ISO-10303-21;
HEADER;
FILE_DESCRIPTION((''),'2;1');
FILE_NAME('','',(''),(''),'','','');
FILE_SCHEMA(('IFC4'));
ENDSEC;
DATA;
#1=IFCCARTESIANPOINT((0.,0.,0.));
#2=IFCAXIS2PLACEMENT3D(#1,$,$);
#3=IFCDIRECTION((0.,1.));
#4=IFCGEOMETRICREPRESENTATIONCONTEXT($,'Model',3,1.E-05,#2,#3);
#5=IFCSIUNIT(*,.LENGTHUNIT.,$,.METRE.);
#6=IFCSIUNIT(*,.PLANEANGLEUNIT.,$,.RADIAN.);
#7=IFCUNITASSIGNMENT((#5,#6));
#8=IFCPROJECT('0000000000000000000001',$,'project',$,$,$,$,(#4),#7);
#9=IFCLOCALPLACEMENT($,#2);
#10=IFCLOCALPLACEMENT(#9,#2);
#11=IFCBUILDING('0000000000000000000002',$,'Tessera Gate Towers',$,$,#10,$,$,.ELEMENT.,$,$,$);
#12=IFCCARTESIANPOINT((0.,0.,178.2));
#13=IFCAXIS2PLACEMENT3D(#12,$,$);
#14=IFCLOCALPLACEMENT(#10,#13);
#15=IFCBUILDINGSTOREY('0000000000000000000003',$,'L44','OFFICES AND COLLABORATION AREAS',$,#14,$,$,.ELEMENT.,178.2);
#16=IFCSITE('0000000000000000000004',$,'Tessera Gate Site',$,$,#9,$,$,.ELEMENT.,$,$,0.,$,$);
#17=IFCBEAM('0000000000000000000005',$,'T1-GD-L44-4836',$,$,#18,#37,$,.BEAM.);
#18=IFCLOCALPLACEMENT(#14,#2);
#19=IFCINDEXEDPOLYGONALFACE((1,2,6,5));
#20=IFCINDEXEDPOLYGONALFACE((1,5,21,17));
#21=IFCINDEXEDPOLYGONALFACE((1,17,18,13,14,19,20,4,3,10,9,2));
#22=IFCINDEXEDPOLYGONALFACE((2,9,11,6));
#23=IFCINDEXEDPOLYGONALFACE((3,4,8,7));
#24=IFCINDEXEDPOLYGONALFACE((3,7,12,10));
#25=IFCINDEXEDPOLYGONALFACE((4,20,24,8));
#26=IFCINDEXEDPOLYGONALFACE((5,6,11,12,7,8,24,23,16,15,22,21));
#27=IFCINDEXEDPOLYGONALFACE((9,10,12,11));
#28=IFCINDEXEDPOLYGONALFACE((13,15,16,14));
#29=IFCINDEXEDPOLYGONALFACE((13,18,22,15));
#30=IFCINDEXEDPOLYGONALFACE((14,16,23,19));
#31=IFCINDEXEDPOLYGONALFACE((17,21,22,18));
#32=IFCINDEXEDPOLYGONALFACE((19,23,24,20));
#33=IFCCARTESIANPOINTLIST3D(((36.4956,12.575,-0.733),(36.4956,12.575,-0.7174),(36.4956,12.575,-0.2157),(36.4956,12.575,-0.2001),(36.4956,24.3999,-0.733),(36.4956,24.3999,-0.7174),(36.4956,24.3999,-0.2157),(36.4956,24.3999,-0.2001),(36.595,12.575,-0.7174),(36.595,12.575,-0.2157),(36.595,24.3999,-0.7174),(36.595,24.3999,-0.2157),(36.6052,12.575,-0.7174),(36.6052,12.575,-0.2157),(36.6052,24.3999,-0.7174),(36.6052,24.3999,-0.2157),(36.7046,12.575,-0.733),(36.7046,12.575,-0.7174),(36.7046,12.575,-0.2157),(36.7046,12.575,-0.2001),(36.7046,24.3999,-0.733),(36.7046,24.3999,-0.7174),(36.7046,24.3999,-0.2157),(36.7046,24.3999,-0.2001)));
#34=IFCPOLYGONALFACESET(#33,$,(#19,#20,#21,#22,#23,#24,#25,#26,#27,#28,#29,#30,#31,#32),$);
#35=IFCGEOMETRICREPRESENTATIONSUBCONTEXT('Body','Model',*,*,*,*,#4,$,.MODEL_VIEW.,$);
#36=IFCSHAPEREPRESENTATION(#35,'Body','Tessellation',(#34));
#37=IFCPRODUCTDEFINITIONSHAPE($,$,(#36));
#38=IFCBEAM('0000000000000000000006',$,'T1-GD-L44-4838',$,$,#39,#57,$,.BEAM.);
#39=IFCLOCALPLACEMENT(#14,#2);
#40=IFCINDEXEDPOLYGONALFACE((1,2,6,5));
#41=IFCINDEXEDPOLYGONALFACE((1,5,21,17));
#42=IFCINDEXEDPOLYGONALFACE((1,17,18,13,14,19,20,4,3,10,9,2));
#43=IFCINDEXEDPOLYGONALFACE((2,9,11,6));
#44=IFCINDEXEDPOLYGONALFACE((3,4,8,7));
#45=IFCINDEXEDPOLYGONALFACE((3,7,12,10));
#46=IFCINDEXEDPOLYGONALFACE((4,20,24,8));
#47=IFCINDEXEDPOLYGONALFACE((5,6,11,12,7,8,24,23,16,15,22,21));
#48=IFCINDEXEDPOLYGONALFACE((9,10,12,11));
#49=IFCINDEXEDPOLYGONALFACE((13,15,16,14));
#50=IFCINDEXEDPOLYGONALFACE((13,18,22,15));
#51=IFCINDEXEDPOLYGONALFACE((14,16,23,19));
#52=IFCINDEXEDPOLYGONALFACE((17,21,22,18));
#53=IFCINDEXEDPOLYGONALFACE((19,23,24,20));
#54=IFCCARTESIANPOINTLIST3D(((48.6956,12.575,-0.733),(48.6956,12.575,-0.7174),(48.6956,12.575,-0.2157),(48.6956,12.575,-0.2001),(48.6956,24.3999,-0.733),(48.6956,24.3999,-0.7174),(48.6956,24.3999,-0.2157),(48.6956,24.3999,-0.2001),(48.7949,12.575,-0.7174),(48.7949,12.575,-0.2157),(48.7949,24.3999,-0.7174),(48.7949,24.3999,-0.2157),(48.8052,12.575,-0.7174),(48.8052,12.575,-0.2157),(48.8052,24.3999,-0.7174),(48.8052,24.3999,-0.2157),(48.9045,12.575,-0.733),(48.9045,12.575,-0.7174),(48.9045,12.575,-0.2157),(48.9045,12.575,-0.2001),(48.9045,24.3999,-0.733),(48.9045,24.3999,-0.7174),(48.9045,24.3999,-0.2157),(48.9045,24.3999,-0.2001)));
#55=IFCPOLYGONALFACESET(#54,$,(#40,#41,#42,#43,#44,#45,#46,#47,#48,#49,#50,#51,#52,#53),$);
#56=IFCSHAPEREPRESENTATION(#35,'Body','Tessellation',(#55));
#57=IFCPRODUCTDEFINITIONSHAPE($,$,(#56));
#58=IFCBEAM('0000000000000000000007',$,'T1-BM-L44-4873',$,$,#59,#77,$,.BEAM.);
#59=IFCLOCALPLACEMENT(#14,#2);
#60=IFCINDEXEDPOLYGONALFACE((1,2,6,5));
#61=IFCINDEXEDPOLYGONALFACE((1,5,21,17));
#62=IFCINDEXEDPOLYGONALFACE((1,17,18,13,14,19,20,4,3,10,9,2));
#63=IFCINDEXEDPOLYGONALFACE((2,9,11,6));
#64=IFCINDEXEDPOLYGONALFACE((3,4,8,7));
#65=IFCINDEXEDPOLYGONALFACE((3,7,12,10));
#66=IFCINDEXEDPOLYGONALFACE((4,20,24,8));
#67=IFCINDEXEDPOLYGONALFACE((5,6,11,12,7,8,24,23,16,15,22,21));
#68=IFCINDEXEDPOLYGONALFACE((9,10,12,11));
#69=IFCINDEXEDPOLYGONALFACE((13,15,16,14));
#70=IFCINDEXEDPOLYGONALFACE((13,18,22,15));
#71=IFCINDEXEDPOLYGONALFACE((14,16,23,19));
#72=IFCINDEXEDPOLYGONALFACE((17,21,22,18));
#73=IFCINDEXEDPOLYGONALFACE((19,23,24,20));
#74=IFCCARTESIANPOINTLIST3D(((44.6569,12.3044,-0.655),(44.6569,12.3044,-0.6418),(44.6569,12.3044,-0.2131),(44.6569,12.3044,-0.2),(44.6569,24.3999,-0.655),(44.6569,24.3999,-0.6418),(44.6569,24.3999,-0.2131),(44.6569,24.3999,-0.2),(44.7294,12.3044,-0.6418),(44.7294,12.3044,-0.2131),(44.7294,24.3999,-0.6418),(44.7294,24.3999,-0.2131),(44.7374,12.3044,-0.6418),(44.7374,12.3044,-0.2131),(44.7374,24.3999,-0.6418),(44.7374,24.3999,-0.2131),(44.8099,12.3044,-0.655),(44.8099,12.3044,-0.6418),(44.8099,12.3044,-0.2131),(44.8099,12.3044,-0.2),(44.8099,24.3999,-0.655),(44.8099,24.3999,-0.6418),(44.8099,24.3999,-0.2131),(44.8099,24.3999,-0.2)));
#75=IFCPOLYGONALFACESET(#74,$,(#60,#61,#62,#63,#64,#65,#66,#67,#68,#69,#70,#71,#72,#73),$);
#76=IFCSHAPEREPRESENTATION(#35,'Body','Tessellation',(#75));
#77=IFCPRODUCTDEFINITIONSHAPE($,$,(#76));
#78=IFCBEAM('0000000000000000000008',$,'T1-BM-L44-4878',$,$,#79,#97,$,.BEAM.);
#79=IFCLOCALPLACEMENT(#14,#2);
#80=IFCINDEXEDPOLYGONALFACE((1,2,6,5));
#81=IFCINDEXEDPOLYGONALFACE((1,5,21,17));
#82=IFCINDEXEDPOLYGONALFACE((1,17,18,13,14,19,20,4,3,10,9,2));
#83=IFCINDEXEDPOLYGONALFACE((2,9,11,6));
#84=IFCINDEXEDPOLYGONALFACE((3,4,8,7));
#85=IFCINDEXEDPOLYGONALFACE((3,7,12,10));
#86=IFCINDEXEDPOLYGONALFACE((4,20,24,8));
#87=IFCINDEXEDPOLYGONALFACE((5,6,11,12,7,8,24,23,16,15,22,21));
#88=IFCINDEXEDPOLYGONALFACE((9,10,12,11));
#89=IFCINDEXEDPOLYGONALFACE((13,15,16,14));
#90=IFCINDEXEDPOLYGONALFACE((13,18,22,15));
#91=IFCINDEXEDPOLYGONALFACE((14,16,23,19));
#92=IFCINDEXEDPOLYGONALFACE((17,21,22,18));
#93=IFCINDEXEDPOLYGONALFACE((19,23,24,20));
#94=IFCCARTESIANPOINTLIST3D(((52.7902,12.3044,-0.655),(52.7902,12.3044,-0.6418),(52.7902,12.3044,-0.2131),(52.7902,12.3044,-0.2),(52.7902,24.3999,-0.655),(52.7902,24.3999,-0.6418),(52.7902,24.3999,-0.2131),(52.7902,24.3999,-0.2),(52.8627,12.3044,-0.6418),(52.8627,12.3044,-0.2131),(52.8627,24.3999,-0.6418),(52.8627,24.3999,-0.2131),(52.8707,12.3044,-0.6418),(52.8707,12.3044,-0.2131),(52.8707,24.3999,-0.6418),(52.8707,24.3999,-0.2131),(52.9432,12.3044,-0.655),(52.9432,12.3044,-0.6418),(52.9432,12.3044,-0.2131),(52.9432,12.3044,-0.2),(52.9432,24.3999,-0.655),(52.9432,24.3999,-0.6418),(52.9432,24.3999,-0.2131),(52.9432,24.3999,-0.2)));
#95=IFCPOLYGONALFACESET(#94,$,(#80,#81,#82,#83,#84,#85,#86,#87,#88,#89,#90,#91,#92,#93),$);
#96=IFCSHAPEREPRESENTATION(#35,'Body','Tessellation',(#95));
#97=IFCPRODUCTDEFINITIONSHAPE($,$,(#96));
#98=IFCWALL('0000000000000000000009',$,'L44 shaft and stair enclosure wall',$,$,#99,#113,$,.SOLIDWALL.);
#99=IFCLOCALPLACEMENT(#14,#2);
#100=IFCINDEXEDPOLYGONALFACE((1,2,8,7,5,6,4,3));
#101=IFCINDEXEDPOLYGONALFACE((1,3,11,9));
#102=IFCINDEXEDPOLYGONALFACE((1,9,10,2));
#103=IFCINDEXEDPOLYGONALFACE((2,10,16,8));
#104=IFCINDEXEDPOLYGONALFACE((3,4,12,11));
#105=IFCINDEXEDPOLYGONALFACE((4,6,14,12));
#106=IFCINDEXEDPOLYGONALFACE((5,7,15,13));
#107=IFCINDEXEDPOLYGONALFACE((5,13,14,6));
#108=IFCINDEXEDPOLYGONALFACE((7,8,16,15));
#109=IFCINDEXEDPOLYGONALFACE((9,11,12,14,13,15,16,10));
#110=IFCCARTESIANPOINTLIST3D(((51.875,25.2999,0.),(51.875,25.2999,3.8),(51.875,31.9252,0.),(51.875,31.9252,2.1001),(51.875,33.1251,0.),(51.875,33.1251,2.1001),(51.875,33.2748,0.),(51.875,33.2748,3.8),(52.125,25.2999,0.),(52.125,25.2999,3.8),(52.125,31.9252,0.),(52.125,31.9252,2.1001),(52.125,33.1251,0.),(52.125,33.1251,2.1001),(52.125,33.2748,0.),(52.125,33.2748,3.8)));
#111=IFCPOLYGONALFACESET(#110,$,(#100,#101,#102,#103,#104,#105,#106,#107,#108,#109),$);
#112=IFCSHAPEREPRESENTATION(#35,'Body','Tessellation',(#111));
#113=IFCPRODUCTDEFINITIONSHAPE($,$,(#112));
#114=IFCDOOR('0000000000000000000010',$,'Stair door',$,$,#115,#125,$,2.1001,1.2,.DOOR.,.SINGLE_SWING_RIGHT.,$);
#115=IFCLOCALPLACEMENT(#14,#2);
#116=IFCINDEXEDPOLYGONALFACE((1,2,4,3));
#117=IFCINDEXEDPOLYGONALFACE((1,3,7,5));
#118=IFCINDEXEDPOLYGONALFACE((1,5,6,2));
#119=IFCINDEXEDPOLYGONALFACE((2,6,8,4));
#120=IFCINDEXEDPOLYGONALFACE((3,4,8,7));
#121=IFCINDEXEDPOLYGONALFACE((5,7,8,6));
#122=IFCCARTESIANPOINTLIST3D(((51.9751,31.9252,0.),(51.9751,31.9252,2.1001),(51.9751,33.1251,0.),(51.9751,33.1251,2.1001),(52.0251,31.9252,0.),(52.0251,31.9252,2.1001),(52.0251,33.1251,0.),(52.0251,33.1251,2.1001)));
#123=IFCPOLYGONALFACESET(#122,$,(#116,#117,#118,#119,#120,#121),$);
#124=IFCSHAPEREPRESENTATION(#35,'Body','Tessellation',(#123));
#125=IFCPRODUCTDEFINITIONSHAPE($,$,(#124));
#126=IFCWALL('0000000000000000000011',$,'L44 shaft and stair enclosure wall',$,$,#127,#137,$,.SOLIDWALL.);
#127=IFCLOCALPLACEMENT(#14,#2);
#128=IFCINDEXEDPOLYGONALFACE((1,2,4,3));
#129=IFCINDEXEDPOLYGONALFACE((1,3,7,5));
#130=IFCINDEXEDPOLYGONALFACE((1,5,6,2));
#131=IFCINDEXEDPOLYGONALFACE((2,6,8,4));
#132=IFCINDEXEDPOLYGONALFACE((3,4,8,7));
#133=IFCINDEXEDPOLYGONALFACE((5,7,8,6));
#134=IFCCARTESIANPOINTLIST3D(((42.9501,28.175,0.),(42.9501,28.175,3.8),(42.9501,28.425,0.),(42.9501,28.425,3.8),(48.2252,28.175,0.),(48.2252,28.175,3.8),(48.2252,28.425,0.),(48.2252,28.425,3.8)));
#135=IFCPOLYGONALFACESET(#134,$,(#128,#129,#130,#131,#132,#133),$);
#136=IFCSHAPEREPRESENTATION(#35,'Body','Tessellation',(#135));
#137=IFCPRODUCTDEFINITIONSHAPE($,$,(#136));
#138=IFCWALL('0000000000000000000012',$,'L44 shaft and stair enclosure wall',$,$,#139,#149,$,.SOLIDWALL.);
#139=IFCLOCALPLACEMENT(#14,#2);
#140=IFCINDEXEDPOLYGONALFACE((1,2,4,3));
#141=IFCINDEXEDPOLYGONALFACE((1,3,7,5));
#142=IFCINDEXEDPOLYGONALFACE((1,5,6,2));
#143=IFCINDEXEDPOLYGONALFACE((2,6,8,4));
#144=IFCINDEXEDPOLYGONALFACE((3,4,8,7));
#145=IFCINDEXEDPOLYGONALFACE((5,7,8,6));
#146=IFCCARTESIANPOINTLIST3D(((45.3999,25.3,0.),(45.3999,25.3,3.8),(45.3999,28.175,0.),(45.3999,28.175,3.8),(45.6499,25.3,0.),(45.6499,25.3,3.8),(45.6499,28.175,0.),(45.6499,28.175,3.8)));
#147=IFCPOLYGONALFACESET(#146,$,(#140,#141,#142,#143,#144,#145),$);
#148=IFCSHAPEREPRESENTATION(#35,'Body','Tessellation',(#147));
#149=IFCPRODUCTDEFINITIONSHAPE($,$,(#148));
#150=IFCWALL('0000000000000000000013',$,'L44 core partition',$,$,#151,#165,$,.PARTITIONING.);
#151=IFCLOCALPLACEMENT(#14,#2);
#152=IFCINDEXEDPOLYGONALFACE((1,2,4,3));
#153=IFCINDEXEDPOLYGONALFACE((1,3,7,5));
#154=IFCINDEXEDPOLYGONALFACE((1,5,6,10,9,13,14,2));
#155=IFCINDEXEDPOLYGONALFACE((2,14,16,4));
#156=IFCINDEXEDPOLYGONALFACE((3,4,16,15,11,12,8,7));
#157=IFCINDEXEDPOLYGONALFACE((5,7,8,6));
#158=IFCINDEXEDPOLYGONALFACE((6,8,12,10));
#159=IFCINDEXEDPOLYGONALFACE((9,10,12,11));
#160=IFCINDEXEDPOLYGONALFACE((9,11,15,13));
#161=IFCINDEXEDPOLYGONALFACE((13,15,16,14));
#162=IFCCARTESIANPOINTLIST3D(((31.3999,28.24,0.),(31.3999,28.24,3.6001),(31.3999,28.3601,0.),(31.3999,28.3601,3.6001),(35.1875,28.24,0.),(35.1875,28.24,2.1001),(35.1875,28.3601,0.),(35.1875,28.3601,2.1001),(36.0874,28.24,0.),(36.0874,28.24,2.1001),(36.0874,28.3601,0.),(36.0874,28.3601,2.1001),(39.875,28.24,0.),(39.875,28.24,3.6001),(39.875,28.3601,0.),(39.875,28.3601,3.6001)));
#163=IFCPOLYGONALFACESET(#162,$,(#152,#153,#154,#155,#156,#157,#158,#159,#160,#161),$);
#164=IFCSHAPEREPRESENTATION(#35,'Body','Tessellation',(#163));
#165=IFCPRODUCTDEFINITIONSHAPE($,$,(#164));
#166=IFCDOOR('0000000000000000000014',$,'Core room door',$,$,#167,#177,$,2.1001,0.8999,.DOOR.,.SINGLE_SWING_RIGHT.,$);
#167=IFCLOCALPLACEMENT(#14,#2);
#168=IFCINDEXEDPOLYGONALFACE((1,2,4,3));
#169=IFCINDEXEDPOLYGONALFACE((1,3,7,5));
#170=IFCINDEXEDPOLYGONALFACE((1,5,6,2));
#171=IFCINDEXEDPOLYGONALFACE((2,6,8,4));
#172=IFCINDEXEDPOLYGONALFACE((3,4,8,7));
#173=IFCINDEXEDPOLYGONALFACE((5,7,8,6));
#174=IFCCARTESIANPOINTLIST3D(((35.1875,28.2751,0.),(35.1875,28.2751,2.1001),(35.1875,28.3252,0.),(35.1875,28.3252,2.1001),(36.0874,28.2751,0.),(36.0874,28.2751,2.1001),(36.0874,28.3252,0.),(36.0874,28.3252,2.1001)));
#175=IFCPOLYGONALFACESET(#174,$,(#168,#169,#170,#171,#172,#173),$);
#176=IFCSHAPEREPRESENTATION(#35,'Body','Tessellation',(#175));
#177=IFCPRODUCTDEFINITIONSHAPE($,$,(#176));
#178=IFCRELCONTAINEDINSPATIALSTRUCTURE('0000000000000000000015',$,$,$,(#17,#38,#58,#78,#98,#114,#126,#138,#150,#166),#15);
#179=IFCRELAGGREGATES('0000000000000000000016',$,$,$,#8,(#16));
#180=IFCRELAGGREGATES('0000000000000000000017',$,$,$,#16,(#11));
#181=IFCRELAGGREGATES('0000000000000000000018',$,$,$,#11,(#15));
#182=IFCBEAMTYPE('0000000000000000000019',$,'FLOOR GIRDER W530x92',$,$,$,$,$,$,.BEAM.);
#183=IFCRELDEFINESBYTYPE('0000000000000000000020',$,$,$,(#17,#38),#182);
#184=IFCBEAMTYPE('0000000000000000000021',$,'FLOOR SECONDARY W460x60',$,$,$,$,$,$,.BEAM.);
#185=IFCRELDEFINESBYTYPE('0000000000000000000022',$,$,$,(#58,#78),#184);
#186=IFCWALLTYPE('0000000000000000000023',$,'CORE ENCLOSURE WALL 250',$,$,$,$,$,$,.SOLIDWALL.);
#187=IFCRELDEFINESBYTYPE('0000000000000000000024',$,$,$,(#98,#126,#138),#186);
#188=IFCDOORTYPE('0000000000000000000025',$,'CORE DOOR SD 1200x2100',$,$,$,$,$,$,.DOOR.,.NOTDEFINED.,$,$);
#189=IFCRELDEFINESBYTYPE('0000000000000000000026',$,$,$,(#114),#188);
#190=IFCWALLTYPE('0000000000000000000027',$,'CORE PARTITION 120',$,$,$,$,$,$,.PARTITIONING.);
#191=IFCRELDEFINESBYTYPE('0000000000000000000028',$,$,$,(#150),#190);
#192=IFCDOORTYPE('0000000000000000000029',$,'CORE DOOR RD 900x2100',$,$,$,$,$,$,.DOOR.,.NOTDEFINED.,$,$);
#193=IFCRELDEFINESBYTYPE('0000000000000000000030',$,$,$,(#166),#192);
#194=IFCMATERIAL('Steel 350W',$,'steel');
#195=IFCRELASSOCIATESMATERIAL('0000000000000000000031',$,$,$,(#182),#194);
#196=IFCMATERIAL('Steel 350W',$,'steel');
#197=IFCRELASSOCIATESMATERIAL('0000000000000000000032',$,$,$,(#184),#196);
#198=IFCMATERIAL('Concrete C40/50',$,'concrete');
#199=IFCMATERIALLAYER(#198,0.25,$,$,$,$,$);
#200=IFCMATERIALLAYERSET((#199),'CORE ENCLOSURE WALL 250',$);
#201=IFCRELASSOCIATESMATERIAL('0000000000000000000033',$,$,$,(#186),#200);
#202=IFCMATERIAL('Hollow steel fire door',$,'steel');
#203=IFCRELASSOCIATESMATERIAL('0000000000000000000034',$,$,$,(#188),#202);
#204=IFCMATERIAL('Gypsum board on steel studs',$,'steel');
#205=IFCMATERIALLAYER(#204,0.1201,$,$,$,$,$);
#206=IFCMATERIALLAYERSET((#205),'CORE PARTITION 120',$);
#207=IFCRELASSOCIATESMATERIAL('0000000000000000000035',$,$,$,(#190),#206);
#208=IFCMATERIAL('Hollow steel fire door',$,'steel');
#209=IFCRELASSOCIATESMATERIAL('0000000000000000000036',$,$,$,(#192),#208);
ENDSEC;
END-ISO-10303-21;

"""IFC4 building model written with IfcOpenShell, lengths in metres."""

from ifc_helpers import new_model, si_unit, direction, frame, frame_2d, origin, origin_2d, place, context, subcontext, project, spatial, rectangle, i_section, extrude, source, transform, mapped, material, layer, layer_set, material_profile, profile_set, type_object, element, fill, save


model = new_model("IFC4")

# Units and contexts
model_context = context("Model", 3, precision=1e-05, world=origin(), true_north=direction((0.0, 1.0)))
body_context = subcontext(model_context, "Body", "Model", "MODEL_VIEW")
ifc_project = project(units=[si_unit("LENGTHUNIT", "METRE"), si_unit("PLANEANGLEUNIT", "RADIAN")], contexts=[model_context])

# Site, building, storey
site_placement = place(None, origin())
site = spatial("IfcSite", under=ifc_project, at=site_placement, Name="Tessera Gate Site", CompositionType="ELEMENT", RefElevation=0.0)
building_placement = place(site_placement, origin())
building = spatial("IfcBuilding", under=site, at=building_placement, Name="Tessera Gate Towers", CompositionType="ELEMENT")
storey_placement = place(building_placement, frame((0.0, 0.0, 178.2)))
storey = spatial("IfcBuildingStorey", under=building, at=storey_placement, Name="L44", Description="OFFICES AND COLLABORATION AREAS", CompositionType="ELEMENT", Elevation=178.2)

# Beams
ifc_material_1 = material(Name="Steel 350W", Category="steel")
ifc_material_profile_1 = material_profile(ifc_material_1, i_section(OverallWidth=0.209, OverallDepth=0.533, WebThickness=0.0103, FlangeThickness=0.0156, at=origin_2d()), Name="W530x92")
ifc_profile_set_1 = profile_set([ifc_material_profile_1], Name="Steel 350W")
beam_type_1 = type_object("IfcBeamType", Name="FLOOR GIRDER W530x92", PredefinedType="BEAM", material=ifc_profile_set_1)
for number, where, z_axis, x_axis, name in (
    (1, (36.6001, 12.575, -0.4666), (0.0, 1.0, 0.0), (-1.0, 0.0, 0.0), "T1-GD-L44-4836"),
    (2, (48.8, 12.575, -0.4666), (0.0, 1.0, 0.0), (-1.0, 0.0, 0.0), "T1-GD-L44-4838"),
):
    element("IfcBeam", number, at=place(storey_placement, frame(where, z_axis=z_axis, x_axis=x_axis)), inside=storey, type_object=beam_type_1, Name=name, PredefinedType="BEAM", context=body_context, shape_type="SweptSolid", body=[
        extrude(i_section(OverallWidth=0.209, OverallDepth=0.533, WebThickness=0.0103, FlangeThickness=0.0156, at=origin_2d()), origin(), (0.0, 0.0, 1.0), 11.825),
    ])
ifc_material_2 = material(Name="Steel 350W", Category="steel")
ifc_material_profile_2 = material_profile(ifc_material_2, i_section(OverallWidth=0.1531, OverallDepth=0.4551, WebThickness=0.0081, FlangeThickness=0.0132, at=origin_2d()), Name="W460x60")
ifc_profile_set_2 = profile_set([ifc_material_profile_2], Name="Steel 350W")
beam_type_2 = type_object("IfcBeamType", Name="FLOOR SECONDARY W460x60", PredefinedType="BEAM", material=ifc_profile_set_2)
for number, where, z_axis, x_axis, name in (
    (3, (44.7334, 12.3044, -0.4275), (0.0, 1.0, 0.0), (-1.0, 0.0, 0.0), "T1-BM-L44-4873"),
    (4, (52.8667, 12.3044, -0.4275), (0.0, 1.0, 0.0), (-1.0, 0.0, 0.0), "T1-BM-L44-4878"),
):
    element("IfcBeam", number, at=place(storey_placement, frame(where, z_axis=z_axis, x_axis=x_axis)), inside=storey, type_object=beam_type_2, Name=name, PredefinedType="BEAM", context=body_context, shape_type="SweptSolid", body=[
        extrude(i_section(OverallWidth=0.1531, OverallDepth=0.4551, WebThickness=0.0081, FlangeThickness=0.0132, at=origin_2d()), origin(), (0.0, 0.0, 1.0), 12.0955),
    ])

# Wall, opening, door
ifc_material_3 = material(Name="Concrete C40/50", Category="concrete")
ifc_layer_1 = layer(ifc_material_3, 0.25)
ifc_layer_set_1 = layer_set([ifc_layer_1], Name="CORE ENCLOSURE WALL 250")
wall_type_1 = type_object("IfcWallType", Name="CORE ENCLOSURE WALL 250", PredefinedType="SOLIDWALL", material=ifc_layer_set_1)
wall_1_placement = place(storey_placement, frame((52.0, 25.3, 0.0), z_axis=(0.0, 0.0, 1.0), x_axis=(0.0, 1.0, 0.0)))
wall_1 = element("IfcWall", 5, at=wall_1_placement, inside=storey, type_object=wall_type_1, Name="L44 shaft and stair enclosure wall", PredefinedType="SOLIDWALL", context=body_context, shape_type="SweptSolid", body=[
    extrude(rectangle(XDim=7.9749, YDim=0.25, at=frame_2d((3.9873, 0.0))), origin(), (0.0, 0.0, 1.0), 3.8),
])
shared_shape_1 = source(origin(), body_context, "Body", "SweptSolid", [
    extrude(rectangle(XDim=1.2, YDim=2.1001, at=frame_2d((0.6001, 1.05))), frame((0.0, 0.135, 0.0), z_axis=(0.0, -1.0, 0.0), x_axis=(1.0, 0.0, 0.0)), (0.0, 0.0, 1.0), 0.27),
])
opening_1_placement = place(wall_1_placement, frame((6.625, 0.0, 0.0)))
opening_1 = element("IfcOpeningElement", 6, at=opening_1_placement, cuts=wall_1, PredefinedType="OPENING", context=body_context, shape_type="MappedRepresentation", body=[
    mapped(shared_shape_1, transform((0.0, 0.0, 0.0), scale=1.0)),
])
ifc_material_4 = material(Name="Hollow steel fire door", Category="steel")
door_type_1 = type_object("IfcDoorType", Name="CORE DOOR SD 1200x2100", OperationType="NOTDEFINED", PredefinedType="DOOR", material=ifc_material_4)
shared_shape_2 = source(origin(), body_context, "Body", "SweptSolid", [
    extrude(rectangle(XDim=1.2, YDim=2.1001, at=frame_2d((0.6001, 1.05))), frame((0.0, 0.0249, 0.0), z_axis=(0.0, -1.0, 0.0), x_axis=(1.0, 0.0, 0.0)), (0.0, 0.0, 1.0), 0.05),
])
door_1_placement = place(opening_1_placement, origin())
door_1 = element("IfcDoor", 7, at=door_1_placement, inside=storey, type_object=door_type_1, Name="Stair door", OperationType="SINGLE_SWING_RIGHT", OverallHeight=2.1001, OverallWidth=1.2, PredefinedType="DOOR", context=body_context, shape_type="MappedRepresentation", body=[
    mapped(shared_shape_2, transform((0.0, 0.0, 0.0), scale=1.0)),
])
fill(opening_1, door_1)

# Walls
wall_2_placement = place(storey_placement, frame((42.95, 28.3, 0.0), z_axis=(0.0, 0.0, 1.0), x_axis=(1.0, 0.0, 0.0)))
element("IfcWall", 8, at=wall_2_placement, inside=storey, type_object=wall_type_1, Name="L44 shaft and stair enclosure wall", PredefinedType="SOLIDWALL", context=body_context, shape_type="SweptSolid", body=[
    extrude(rectangle(XDim=5.2751, YDim=0.25, at=frame_2d((2.6377, 0.0))), origin(), (0.0, 0.0, 1.0), 3.8),
])
wall_3_placement = place(storey_placement, frame((45.5249, 25.3, 0.0), z_axis=(0.0, 0.0, 1.0), x_axis=(0.0, 1.0, 0.0)))
element("IfcWall", 9, at=wall_3_placement, inside=storey, type_object=wall_type_1, Name="L44 shaft and stair enclosure wall", PredefinedType="SOLIDWALL", context=body_context, shape_type="SweptSolid", body=[
    extrude(rectangle(XDim=2.875, YDim=0.25, at=frame_2d((1.4375, 0.0))), origin(), (0.0, 0.0, 1.0), 3.8),
])

# Wall, opening, door
ifc_material_5 = material(Name="Gypsum board on steel studs", Category="steel")
ifc_layer_2 = layer(ifc_material_5, 0.1201)
ifc_layer_set_2 = layer_set([ifc_layer_2], Name="CORE PARTITION 120")
wall_type_2 = type_object("IfcWallType", Name="CORE PARTITION 120", PredefinedType="PARTITIONING", material=ifc_layer_set_2)
wall_4_placement = place(storey_placement, frame((39.875, 28.3, 0.0), z_axis=(0.0, 0.0, 1.0), x_axis=(-1.0, 0.0, 0.0)))
wall_4 = element("IfcWall", 10, at=wall_4_placement, inside=storey, type_object=wall_type_2, Name="L44 core partition", PredefinedType="PARTITIONING", context=body_context, shape_type="SweptSolid", body=[
    extrude(rectangle(XDim=8.4751, YDim=0.1201, at=frame_2d((4.2375, 0.0))), origin(), (0.0, 0.0, 1.0), 3.6001),
])
shared_shape_3 = source(origin(), body_context, "Body", "SweptSolid", [
    extrude(rectangle(XDim=0.8999, YDim=2.1001, at=frame_2d((0.45, 1.05))), frame((0.0, 0.0701, 0.0), z_axis=(0.0, -1.0, 0.0), x_axis=(1.0, 0.0, 0.0)), (0.0, 0.0, 1.0), 0.1401),
])
opening_2_placement = place(wall_4_placement, frame((3.7876, 0.0, 0.0)))
opening_2 = element("IfcOpeningElement", 11, at=opening_2_placement, cuts=wall_4, PredefinedType="OPENING", context=body_context, shape_type="MappedRepresentation", body=[
    mapped(shared_shape_3, transform((0.0, 0.0, 0.0), scale=1.0)),
])
ifc_material_6 = material(Name="Hollow steel fire door", Category="steel")
door_type_2 = type_object("IfcDoorType", Name="CORE DOOR RD 900x2100", OperationType="NOTDEFINED", PredefinedType="DOOR", material=ifc_material_6)
shared_shape_4 = source(origin(), body_context, "Body", "SweptSolid", [
    extrude(rectangle(XDim=0.8999, YDim=2.1001, at=frame_2d((0.45, 1.05))), frame((0.0, 0.0249, 0.0), z_axis=(0.0, -1.0, 0.0), x_axis=(1.0, 0.0, 0.0)), (0.0, 0.0, 1.0), 0.05),
])
door_2_placement = place(opening_2_placement, origin())
door_2 = element("IfcDoor", 12, at=door_2_placement, inside=storey, type_object=door_type_2, Name="Core room door", OperationType="SINGLE_SWING_RIGHT", OverallHeight=2.1001, OverallWidth=0.8999, PredefinedType="DOOR", context=body_context, shape_type="MappedRepresentation", body=[
    mapped(shared_shape_4, transform((0.0, 0.0, 0.0), scale=1.0)),
])
fill(opening_2, door_2)

save(model, "model.ifc")
